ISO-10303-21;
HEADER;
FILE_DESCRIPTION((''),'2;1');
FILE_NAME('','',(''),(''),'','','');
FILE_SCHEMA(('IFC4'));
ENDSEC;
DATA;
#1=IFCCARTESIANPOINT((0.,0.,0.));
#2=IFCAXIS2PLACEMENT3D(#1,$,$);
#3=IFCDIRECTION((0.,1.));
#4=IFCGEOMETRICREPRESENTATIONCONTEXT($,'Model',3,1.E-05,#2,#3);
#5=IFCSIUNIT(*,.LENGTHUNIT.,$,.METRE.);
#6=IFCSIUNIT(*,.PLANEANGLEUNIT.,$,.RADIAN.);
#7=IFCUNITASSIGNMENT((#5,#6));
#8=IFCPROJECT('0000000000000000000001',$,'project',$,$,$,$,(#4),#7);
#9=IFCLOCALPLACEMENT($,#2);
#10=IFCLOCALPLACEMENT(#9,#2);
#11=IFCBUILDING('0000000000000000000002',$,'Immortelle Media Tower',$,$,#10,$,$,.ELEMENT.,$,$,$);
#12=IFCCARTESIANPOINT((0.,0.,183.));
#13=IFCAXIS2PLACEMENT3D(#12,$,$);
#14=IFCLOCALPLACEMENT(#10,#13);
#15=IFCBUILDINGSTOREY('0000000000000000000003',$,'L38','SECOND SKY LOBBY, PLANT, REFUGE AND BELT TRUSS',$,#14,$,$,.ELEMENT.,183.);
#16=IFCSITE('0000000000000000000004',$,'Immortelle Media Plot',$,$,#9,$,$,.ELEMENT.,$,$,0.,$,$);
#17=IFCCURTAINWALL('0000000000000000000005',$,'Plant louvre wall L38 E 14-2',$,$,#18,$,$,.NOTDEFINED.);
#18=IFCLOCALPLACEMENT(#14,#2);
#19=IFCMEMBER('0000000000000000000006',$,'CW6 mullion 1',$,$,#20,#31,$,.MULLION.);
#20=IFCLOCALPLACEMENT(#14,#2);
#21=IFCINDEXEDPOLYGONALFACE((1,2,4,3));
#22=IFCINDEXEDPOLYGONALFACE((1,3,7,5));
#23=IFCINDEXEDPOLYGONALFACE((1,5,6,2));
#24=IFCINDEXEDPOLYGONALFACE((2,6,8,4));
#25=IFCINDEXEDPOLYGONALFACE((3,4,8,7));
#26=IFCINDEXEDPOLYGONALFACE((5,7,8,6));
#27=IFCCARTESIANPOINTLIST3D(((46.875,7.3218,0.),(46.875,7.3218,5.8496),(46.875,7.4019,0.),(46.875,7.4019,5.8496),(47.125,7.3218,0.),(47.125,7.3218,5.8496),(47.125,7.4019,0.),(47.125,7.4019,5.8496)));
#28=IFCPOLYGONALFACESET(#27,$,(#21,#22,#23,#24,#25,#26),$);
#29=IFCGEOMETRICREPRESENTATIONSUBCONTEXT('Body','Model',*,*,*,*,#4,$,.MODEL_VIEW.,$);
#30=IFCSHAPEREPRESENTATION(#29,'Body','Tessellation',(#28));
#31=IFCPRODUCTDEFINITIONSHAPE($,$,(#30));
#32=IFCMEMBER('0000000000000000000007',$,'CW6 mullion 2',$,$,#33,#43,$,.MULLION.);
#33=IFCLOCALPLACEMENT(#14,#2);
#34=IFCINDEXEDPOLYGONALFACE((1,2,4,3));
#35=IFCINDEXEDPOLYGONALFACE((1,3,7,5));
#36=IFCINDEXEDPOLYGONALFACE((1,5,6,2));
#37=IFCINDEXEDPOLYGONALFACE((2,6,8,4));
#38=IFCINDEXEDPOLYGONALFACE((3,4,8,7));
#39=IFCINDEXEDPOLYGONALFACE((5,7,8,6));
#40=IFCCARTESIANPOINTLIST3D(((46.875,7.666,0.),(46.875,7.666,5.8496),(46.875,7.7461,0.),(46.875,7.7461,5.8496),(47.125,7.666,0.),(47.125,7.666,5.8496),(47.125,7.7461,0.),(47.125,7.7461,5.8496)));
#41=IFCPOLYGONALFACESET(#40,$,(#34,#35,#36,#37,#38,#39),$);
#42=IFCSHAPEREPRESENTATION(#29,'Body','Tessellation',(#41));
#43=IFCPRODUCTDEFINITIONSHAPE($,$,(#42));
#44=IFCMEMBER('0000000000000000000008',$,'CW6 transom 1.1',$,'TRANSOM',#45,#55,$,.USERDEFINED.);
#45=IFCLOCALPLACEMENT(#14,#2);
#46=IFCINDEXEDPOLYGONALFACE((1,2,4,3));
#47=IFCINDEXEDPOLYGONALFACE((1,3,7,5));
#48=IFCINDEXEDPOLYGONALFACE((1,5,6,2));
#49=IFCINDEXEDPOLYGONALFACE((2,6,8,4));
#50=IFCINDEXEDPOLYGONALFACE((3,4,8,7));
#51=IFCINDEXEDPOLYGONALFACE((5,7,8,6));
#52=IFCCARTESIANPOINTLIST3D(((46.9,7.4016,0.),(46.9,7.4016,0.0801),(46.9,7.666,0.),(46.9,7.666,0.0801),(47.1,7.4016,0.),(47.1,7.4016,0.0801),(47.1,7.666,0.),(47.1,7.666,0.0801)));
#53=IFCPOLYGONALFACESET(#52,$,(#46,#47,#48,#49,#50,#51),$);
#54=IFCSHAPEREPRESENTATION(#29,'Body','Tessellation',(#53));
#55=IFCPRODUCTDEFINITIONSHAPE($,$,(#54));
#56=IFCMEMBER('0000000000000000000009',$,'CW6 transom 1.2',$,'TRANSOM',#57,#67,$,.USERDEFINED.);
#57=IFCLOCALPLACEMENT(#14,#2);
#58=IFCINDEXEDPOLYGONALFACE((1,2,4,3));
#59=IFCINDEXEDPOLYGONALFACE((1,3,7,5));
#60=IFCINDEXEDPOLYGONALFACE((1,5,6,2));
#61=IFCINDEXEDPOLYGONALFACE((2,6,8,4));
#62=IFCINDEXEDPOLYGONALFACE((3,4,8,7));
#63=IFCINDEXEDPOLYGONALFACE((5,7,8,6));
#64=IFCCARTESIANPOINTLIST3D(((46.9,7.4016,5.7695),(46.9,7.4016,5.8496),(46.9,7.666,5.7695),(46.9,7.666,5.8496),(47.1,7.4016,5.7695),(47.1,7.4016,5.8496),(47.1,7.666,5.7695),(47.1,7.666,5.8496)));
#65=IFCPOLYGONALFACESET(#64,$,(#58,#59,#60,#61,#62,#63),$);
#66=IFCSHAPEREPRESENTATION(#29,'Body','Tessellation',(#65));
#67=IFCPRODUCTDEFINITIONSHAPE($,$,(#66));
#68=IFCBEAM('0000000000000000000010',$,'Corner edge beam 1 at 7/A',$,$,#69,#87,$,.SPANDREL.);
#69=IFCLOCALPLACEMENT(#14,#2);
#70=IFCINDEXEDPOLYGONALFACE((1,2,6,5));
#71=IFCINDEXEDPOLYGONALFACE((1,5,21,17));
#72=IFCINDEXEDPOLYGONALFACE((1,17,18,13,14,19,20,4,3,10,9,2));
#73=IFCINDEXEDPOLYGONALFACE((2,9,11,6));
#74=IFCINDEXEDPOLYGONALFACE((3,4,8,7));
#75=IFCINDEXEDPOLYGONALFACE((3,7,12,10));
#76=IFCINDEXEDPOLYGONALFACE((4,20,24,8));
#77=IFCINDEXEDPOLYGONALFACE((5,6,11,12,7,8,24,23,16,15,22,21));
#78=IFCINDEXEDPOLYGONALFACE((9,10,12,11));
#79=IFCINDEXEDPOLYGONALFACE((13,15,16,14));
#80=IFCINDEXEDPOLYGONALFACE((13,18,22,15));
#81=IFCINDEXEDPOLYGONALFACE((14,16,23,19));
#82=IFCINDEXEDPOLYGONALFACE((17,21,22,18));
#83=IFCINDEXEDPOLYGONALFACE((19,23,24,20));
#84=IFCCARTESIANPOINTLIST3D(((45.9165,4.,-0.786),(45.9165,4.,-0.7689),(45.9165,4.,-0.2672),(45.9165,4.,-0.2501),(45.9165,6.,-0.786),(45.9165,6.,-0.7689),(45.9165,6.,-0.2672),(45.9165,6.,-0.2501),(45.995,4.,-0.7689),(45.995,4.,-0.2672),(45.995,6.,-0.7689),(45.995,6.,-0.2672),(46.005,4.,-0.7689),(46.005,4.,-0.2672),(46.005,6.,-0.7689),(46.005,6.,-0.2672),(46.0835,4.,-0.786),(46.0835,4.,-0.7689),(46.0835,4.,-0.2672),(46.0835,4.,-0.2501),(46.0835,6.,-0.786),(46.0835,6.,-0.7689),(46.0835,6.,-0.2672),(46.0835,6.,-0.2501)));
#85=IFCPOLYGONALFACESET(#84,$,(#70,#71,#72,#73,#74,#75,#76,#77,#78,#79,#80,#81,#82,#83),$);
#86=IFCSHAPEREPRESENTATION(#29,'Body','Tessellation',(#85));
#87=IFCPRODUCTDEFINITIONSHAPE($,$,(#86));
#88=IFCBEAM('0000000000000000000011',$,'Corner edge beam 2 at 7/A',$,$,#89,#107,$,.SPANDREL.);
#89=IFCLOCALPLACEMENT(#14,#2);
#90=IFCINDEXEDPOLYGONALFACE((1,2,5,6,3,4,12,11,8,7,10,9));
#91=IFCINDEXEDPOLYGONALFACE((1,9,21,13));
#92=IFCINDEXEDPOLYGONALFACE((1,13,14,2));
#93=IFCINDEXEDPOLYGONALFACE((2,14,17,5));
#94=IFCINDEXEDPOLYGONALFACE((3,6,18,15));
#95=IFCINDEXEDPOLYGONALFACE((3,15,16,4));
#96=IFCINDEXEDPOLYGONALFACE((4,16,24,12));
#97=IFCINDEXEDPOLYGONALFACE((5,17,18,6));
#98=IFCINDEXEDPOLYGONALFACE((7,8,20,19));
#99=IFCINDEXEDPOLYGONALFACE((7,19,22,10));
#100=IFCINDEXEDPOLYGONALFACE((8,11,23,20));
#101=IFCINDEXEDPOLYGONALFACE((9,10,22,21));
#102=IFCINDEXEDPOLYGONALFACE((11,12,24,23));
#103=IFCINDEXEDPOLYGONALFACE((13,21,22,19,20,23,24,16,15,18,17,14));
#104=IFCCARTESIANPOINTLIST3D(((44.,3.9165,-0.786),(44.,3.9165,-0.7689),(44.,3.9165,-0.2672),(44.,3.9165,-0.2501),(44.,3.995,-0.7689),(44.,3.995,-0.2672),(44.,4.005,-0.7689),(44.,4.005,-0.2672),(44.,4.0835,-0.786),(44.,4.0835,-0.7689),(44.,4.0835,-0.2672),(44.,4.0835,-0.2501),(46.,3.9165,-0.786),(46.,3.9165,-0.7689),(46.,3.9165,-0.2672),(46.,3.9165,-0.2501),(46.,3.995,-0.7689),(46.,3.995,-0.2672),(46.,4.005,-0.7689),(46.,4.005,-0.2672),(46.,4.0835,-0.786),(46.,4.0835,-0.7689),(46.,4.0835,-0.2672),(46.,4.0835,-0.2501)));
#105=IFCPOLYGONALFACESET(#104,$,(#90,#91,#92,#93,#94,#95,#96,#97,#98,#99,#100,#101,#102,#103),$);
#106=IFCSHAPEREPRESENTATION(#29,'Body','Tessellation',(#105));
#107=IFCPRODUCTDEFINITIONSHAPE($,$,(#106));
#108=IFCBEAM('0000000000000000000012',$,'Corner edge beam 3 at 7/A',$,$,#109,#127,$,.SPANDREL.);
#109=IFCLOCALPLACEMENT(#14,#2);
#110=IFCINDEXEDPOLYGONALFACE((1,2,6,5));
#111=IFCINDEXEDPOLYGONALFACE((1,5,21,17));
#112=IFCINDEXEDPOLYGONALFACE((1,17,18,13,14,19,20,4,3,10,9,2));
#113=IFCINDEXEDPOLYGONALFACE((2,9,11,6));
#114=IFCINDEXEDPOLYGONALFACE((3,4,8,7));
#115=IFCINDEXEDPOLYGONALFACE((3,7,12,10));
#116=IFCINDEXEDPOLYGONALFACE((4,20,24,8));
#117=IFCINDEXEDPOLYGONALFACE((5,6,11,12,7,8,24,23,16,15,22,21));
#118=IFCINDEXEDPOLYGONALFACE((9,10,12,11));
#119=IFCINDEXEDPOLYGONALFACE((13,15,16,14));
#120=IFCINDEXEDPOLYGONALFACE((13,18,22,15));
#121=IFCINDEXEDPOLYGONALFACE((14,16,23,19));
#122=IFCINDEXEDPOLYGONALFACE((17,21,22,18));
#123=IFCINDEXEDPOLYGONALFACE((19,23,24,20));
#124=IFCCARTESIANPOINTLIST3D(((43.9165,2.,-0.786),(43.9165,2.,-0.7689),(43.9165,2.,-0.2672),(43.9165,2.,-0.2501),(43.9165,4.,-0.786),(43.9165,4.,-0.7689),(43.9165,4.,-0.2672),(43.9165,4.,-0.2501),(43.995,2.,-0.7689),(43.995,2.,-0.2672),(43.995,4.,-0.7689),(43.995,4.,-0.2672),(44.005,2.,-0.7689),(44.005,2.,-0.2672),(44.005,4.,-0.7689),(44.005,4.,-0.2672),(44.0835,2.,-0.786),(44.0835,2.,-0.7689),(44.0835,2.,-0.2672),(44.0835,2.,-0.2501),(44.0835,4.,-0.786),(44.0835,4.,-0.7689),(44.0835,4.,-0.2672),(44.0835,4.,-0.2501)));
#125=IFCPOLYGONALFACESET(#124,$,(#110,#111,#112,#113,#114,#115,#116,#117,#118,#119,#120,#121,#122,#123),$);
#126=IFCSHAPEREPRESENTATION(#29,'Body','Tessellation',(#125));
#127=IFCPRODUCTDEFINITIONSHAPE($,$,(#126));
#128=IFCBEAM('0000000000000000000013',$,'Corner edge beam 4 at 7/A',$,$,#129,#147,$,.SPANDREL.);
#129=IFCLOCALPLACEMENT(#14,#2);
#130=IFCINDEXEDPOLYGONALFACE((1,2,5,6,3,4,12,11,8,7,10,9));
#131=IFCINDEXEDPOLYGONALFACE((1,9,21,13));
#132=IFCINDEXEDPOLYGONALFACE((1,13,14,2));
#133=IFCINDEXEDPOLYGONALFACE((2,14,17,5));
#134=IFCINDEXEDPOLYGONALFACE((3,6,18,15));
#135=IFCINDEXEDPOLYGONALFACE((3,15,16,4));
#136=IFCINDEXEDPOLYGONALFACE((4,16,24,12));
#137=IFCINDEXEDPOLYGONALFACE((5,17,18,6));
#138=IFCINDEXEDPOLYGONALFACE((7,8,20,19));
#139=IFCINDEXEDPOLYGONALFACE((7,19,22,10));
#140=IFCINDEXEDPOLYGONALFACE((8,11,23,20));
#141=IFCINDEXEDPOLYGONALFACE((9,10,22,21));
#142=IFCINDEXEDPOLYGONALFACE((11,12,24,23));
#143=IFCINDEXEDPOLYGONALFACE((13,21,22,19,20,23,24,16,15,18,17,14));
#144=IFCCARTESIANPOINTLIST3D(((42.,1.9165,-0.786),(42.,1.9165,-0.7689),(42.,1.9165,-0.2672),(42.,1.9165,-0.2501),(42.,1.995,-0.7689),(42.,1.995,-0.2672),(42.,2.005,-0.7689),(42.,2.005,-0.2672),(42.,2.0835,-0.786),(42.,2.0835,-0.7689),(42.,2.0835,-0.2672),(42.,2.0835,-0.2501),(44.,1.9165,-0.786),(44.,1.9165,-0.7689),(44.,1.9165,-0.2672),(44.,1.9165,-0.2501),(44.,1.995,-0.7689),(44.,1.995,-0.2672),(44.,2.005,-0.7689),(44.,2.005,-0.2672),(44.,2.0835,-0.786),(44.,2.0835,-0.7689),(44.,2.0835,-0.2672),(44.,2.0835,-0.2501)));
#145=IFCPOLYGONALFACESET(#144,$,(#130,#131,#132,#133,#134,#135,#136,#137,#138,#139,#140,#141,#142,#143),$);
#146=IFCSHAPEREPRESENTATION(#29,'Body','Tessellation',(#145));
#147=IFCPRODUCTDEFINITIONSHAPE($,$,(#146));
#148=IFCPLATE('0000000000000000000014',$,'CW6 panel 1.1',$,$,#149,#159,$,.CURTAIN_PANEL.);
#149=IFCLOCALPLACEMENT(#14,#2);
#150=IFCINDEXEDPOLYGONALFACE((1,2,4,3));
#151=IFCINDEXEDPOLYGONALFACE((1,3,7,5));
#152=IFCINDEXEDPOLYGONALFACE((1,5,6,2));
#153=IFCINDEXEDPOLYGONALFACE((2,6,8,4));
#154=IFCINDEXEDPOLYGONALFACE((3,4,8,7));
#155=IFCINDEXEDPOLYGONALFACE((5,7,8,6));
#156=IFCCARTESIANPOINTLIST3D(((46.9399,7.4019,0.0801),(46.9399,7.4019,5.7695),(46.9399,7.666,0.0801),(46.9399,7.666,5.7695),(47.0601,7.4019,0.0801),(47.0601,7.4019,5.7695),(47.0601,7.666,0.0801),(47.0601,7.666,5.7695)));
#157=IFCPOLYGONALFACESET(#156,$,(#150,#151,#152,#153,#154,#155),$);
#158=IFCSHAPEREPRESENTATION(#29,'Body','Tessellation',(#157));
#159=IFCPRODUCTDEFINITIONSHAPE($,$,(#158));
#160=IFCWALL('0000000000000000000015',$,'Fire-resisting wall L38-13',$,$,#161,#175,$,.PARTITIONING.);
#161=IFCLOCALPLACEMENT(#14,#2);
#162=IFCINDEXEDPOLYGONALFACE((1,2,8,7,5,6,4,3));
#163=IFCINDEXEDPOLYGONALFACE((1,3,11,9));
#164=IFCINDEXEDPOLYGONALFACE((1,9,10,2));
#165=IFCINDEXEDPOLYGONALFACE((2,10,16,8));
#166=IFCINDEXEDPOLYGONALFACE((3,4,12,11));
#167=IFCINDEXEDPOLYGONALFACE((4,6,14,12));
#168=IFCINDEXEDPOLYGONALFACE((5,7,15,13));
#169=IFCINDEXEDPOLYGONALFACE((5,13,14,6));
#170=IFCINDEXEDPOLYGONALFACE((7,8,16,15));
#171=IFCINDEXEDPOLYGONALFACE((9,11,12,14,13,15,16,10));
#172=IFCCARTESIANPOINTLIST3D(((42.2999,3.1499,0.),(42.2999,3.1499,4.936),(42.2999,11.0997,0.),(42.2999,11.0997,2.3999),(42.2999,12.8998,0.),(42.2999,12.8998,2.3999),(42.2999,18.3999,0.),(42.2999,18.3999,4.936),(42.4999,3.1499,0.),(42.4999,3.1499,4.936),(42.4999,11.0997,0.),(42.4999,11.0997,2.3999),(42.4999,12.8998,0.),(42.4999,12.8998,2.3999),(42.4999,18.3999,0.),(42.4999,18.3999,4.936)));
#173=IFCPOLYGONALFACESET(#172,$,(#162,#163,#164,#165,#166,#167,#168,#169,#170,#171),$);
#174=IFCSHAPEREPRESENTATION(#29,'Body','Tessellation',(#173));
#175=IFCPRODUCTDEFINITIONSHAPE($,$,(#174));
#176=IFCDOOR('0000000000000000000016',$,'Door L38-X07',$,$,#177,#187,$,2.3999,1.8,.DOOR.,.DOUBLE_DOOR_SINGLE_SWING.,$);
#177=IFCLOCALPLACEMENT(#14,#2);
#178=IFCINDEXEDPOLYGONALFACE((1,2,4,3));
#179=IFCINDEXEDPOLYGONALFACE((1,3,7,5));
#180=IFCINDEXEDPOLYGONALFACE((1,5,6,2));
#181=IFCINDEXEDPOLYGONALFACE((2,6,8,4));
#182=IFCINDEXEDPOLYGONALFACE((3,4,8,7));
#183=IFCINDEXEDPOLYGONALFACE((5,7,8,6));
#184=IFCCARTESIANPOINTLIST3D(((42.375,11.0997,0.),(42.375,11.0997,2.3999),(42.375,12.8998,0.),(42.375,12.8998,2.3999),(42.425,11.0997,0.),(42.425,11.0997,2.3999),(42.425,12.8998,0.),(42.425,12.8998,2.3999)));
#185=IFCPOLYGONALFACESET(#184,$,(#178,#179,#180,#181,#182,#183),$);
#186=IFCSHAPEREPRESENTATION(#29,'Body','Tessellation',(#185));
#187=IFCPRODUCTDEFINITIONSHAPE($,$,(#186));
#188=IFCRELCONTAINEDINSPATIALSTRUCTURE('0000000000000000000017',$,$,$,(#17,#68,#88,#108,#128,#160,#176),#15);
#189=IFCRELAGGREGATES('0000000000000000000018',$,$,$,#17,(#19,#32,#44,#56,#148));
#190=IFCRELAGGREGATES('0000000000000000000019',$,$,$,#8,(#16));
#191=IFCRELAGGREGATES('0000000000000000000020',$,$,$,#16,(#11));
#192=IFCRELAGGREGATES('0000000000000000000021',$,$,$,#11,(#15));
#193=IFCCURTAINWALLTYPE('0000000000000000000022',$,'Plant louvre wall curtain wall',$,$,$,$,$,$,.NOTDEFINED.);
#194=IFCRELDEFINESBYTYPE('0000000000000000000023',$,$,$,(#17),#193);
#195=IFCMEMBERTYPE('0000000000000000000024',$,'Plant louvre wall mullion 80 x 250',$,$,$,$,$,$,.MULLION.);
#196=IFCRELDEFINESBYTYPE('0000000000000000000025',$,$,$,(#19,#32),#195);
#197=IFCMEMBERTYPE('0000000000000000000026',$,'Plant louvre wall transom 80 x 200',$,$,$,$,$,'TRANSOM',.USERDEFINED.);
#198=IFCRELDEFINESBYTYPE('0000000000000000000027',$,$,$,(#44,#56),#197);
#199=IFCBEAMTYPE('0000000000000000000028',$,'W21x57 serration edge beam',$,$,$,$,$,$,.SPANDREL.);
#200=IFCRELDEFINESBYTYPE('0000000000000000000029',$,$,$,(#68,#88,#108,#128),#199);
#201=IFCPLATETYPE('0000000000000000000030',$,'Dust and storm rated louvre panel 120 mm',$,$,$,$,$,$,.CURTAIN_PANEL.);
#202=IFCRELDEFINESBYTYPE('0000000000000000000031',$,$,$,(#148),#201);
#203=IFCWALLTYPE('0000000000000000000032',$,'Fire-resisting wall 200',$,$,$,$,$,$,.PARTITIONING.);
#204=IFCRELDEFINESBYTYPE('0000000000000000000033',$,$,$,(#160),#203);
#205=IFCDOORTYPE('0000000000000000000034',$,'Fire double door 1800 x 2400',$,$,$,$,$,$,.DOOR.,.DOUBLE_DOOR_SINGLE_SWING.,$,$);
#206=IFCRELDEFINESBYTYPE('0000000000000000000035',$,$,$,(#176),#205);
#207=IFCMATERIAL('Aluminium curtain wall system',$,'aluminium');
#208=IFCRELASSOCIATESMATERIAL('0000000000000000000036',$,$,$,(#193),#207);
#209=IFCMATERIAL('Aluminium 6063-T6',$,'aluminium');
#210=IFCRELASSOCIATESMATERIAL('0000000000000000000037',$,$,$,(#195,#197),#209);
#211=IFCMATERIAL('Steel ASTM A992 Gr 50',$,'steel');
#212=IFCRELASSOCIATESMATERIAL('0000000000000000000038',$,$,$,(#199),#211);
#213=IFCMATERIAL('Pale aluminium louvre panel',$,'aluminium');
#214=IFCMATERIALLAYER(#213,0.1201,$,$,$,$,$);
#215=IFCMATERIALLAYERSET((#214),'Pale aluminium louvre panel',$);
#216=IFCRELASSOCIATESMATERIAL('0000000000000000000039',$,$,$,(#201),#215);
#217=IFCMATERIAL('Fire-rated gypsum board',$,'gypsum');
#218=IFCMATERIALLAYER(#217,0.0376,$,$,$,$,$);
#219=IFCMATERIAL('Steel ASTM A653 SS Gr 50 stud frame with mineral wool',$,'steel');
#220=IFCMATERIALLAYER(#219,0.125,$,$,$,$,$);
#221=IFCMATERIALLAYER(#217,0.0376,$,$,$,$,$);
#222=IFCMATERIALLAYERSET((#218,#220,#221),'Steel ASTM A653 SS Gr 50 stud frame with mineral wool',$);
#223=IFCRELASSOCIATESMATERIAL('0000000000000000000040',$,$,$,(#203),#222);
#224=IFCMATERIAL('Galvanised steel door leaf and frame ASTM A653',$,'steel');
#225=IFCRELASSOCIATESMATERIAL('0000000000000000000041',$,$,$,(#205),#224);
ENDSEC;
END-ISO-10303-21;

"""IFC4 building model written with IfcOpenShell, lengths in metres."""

from ifc_helpers import new_model, si_unit, direction, frame, frame_2d, origin, origin_2d, place, context, subcontext, project, spatial, rectangle, i_section, extrude, material, layer, layer_set, material_profile, profile_set, type_object, element, fill, aggregate, save


model = new_model("IFC4")

# Units and contexts
model_context = context("Model", 3, precision=1e-05, world=origin(), true_north=direction((0.0, 1.0)))
body_context = subcontext(model_context, "Body", "Model", "MODEL_VIEW")
ifc_project = project(units=[si_unit("LENGTHUNIT", "METRE"), si_unit("PLANEANGLEUNIT", "RADIAN")], contexts=[model_context])

# Site, building, storey
site_placement = place(None, origin())
site = spatial("IfcSite", under=ifc_project, at=site_placement, Name="Immortelle Media Plot", CompositionType="ELEMENT", RefElevation=0.0)
building_placement = place(site_placement, origin())
building = spatial("IfcBuilding", under=site, at=building_placement, Name="Immortelle Media Tower", CompositionType="ELEMENT")
storey_placement = place(building_placement, frame((0.0, 0.0, 183.0)))
storey = spatial("IfcBuildingStorey", under=building, at=storey_placement, Name="L38", Description="SECOND SKY LOBBY, PLANT, REFUGE AND BELT TRUSS", CompositionType="ELEMENT", Elevation=183.0)

# Curtain wall, members
ifc_material_1 = material(Name="Aluminium curtain wall system", Category="aluminium")
curtain_wall_type = type_object("IfcCurtainWallType", Name="Plant louvre wall curtain wall", PredefinedType="NOTDEFINED", material=ifc_material_1)
curtain_wall_placement = place(storey_placement, origin())
curtain_wall = element("IfcCurtainWall", 1, at=curtain_wall_placement, inside=storey, type_object=curtain_wall_type, Name="Plant louvre wall L38 E 14-2", PredefinedType="NOTDEFINED")
ifc_material_2 = material(Name="Aluminium 6063-T6", Category="aluminium")
ifc_material_profile_1 = material_profile(ifc_material_2, rectangle(XDim=0.25, YDim=0.0801, at=origin_2d()), Name="AL 80x250")
ifc_profile_set_1 = profile_set([ifc_material_profile_1], Name="Aluminium 6063-T6")
member_type_1 = type_object("IfcMemberType", Name="Plant louvre wall mullion 80 x 250", PredefinedType="MULLION", material=ifc_profile_set_1)
member_1_placement = place(storey_placement, frame((47.0, 7.3618, 0.0), z_axis=(0.0, 0.0, 1.0), x_axis=(-1.0, 0.0, 0.0)))
member_1 = element("IfcMember", 2, at=member_1_placement, type_object=member_type_1, Name="CW6 mullion 1", PredefinedType="MULLION", context=body_context, shape_type="SweptSolid", body=[
    extrude(rectangle(XDim=0.25, YDim=0.0801, at=origin_2d()), origin(), (0.0, 0.0, 1.0), 5.8496),
])
member_2_placement = place(storey_placement, frame((47.0, 7.7061, 0.0), z_axis=(0.0, 0.0, 1.0), x_axis=(-1.0, 0.0, 0.0)))
member_2 = element("IfcMember", 3, at=member_2_placement, type_object=member_type_1, Name="CW6 mullion 2", PredefinedType="MULLION", context=body_context, shape_type="SweptSolid", body=[
    extrude(rectangle(XDim=0.25, YDim=0.0801, at=origin_2d()), origin(), (0.0, 0.0, 1.0), 5.8496),
])
ifc_material_profile_2 = material_profile(ifc_material_2, rectangle(XDim=0.2, YDim=0.0801, at=origin_2d()), Name="AL 80x200")
ifc_profile_set_2 = profile_set([ifc_material_profile_2], Name="Aluminium 6063-T6")
member_type_2 = type_object("IfcMemberType", Name="Plant louvre wall transom 80 x 200", ElementType="TRANSOM", PredefinedType="USERDEFINED", material=ifc_profile_set_2)
member_3_placement = place(storey_placement, frame((47.0, 7.4016, 0.04), z_axis=(0.0, 1.0, 0.0), x_axis=(-1.0, 0.0, 0.0)))
member_3 = element("IfcMember", 4, at=member_3_placement, type_object=member_type_2, Name="CW6 transom 1.1", ObjectType="TRANSOM", PredefinedType="USERDEFINED", context=body_context, shape_type="SweptSolid", body=[
    extrude(rectangle(XDim=0.2, YDim=0.0801, at=origin_2d()), origin(), (0.0, 0.0, 1.0), 0.2644),
])
member_4_placement = place(storey_placement, frame((47.0, 7.4016, 5.8096), z_axis=(0.0, 1.0, 0.0), x_axis=(-1.0, 0.0, 0.0)))
member_4 = element("IfcMember", 5, at=member_4_placement, type_object=member_type_2, Name="CW6 transom 1.2", ObjectType="TRANSOM", PredefinedType="USERDEFINED", context=body_context, shape_type="SweptSolid", body=[
    extrude(rectangle(XDim=0.2, YDim=0.0801, at=origin_2d()), origin(), (0.0, 0.0, 1.0), 0.2644),
])

# Beams
ifc_material_3 = material(Name="Steel ASTM A992 Gr 50", Category="steel")
ifc_material_profile_3 = material_profile(ifc_material_3, i_section(OverallWidth=0.167, OverallDepth=0.5359, WebThickness=0.01, FlangeThickness=0.0171, at=origin_2d()), Name="W21x57")
ifc_profile_set_3 = profile_set([ifc_material_profile_3], Name="Steel ASTM A992 Gr 50")
beam_type = type_object("IfcBeamType", Name="W21x57 serration edge beam", PredefinedType="SPANDREL", material=ifc_profile_set_3)
for number, where, z_axis, x_axis, name in (
    (6, (46.0, 6.0, -0.5181), (0.0, -1.0, 0.0), (1.0, 0.0, 0.0), "Corner edge beam 1 at 7/A"),
    (7, (46.0, 4.0, -0.5181), (-1.0, 0.0, 0.0), (0.0, -1.0, 0.0), "Corner edge beam 2 at 7/A"),
    (8, (44.0, 4.0, -0.5181), (0.0, -1.0, 0.0), (1.0, 0.0, 0.0), "Corner edge beam 3 at 7/A"),
    (9, (44.0, 2.0, -0.5181), (-1.0, 0.0, 0.0), (0.0, -1.0, 0.0), "Corner edge beam 4 at 7/A"),
):
    element("IfcBeam", number, at=place(storey_placement, frame(where, z_axis=z_axis, x_axis=x_axis)), inside=storey, type_object=beam_type, Name=name, PredefinedType="SPANDREL", context=body_context, shape_type="SweptSolid", body=[
        extrude(i_section(OverallWidth=0.167, OverallDepth=0.5359, WebThickness=0.01, FlangeThickness=0.0171, at=origin_2d()), origin(), (0.0, 0.0, 1.0), 2.0),
    ])

# Plate
ifc_material_4 = material(Name="Pale aluminium louvre panel", Category="aluminium")
ifc_layer_1 = layer(ifc_material_4, 0.1201)
ifc_layer_set_1 = layer_set([ifc_layer_1], Name="Pale aluminium louvre panel")
plate_type = type_object("IfcPlateType", Name="Dust and storm rated louvre panel 120 mm", PredefinedType="CURTAIN_PANEL", material=ifc_layer_set_1)
plate_placement = place(storey_placement, frame((47.0, 7.5339, 0.0801), z_axis=(0.0, 0.0, 1.0), x_axis=(0.0, 1.0, 0.0)))
plate = element("IfcPlate", 10, at=plate_placement, type_object=plate_type, Name="CW6 panel 1.1", PredefinedType="CURTAIN_PANEL", context=body_context, shape_type="SweptSolid", body=[
    extrude(rectangle(XDim=0.2642, YDim=0.1201, at=origin_2d()), origin(), (0.0, 0.0, 1.0), 5.6895),
])
aggregate(curtain_wall, [member_1, member_2, member_3, member_4, plate])

# Wall, opening, door
ifc_material_5 = material(Name="Fire-rated gypsum board", Category="gypsum")
ifc_layer_2 = layer(ifc_material_5, 0.0376)
ifc_material_6 = material(Name="Steel ASTM A653 SS Gr 50 stud frame with mineral wool", Category="steel")
ifc_layer_3 = layer(ifc_material_6, 0.125)
ifc_layer_4 = layer(ifc_material_5, 0.0376)
ifc_layer_set_2 = layer_set([ifc_layer_2, ifc_layer_3, ifc_layer_4], Name="Steel ASTM A653 SS Gr 50 stud frame with mineral wool")
wall_type_1 = type_object("IfcWallType", Name="Fire-resisting wall 200", PredefinedType="PARTITIONING", material=ifc_layer_set_2)
wall_1_placement = place(storey_placement, frame((42.3999, 3.1499, 0.0), z_axis=(0.0, 0.0, 1.0), x_axis=(0.0, 1.0, 0.0)))
wall_1 = element("IfcWall", 11, at=wall_1_placement, inside=storey, type_object=wall_type_1, Name="Fire-resisting wall L38-13", PredefinedType="PARTITIONING", context=body_context, shape_type="SweptSolid", body=[
    extrude(rectangle(XDim=15.25, YDim=0.2, at=frame_2d((7.625, 0.0))), origin(), (0.0, 0.0, 1.0), 4.936),
])
opening_placement = place(wall_1_placement, frame((7.95, 0.0, 0.0)))
opening = element("IfcOpeningElement", 12, at=opening_placement, cuts=wall_1, PredefinedType="OPENING", context=body_context, shape_type="SweptSolid", body=[
    extrude(rectangle(XDim=1.8, YDim=2.3999, at=frame_2d((0.8999, 1.2))), frame((0.0, 0.1099, 0.0), z_axis=(0.0, -1.0, 0.0), x_axis=(1.0, 0.0, 0.0)), (0.0, 0.0, 1.0), 0.22),
])
ifc_material_7 = material(Name="Galvanised steel door leaf and frame ASTM A653", Category="steel")
door_type = type_object("IfcDoorType", Name="Fire double door 1800 x 2400", OperationType="DOUBLE_DOOR_SINGLE_SWING", PredefinedType="DOOR", material=ifc_material_7)
door_placement = place(opening_placement, origin())
door = element("IfcDoor", 13, at=door_placement, inside=storey, type_object=door_type, Name="Door L38-X07", OperationType="DOUBLE_DOOR_SINGLE_SWING", OverallHeight=2.3999, OverallWidth=1.8, PredefinedType="DOOR", context=body_context, shape_type="SweptSolid", body=[
    extrude(rectangle(XDim=1.8, YDim=2.3999, at=frame_2d((0.8999, 1.2))), frame((0.0, 0.0249, 0.0), z_axis=(0.0, -1.0, 0.0), x_axis=(1.0, 0.0, 0.0)), (0.0, 0.0, 1.0), 0.05),
])
fill(opening, door)

save(model, "model.ifc")
